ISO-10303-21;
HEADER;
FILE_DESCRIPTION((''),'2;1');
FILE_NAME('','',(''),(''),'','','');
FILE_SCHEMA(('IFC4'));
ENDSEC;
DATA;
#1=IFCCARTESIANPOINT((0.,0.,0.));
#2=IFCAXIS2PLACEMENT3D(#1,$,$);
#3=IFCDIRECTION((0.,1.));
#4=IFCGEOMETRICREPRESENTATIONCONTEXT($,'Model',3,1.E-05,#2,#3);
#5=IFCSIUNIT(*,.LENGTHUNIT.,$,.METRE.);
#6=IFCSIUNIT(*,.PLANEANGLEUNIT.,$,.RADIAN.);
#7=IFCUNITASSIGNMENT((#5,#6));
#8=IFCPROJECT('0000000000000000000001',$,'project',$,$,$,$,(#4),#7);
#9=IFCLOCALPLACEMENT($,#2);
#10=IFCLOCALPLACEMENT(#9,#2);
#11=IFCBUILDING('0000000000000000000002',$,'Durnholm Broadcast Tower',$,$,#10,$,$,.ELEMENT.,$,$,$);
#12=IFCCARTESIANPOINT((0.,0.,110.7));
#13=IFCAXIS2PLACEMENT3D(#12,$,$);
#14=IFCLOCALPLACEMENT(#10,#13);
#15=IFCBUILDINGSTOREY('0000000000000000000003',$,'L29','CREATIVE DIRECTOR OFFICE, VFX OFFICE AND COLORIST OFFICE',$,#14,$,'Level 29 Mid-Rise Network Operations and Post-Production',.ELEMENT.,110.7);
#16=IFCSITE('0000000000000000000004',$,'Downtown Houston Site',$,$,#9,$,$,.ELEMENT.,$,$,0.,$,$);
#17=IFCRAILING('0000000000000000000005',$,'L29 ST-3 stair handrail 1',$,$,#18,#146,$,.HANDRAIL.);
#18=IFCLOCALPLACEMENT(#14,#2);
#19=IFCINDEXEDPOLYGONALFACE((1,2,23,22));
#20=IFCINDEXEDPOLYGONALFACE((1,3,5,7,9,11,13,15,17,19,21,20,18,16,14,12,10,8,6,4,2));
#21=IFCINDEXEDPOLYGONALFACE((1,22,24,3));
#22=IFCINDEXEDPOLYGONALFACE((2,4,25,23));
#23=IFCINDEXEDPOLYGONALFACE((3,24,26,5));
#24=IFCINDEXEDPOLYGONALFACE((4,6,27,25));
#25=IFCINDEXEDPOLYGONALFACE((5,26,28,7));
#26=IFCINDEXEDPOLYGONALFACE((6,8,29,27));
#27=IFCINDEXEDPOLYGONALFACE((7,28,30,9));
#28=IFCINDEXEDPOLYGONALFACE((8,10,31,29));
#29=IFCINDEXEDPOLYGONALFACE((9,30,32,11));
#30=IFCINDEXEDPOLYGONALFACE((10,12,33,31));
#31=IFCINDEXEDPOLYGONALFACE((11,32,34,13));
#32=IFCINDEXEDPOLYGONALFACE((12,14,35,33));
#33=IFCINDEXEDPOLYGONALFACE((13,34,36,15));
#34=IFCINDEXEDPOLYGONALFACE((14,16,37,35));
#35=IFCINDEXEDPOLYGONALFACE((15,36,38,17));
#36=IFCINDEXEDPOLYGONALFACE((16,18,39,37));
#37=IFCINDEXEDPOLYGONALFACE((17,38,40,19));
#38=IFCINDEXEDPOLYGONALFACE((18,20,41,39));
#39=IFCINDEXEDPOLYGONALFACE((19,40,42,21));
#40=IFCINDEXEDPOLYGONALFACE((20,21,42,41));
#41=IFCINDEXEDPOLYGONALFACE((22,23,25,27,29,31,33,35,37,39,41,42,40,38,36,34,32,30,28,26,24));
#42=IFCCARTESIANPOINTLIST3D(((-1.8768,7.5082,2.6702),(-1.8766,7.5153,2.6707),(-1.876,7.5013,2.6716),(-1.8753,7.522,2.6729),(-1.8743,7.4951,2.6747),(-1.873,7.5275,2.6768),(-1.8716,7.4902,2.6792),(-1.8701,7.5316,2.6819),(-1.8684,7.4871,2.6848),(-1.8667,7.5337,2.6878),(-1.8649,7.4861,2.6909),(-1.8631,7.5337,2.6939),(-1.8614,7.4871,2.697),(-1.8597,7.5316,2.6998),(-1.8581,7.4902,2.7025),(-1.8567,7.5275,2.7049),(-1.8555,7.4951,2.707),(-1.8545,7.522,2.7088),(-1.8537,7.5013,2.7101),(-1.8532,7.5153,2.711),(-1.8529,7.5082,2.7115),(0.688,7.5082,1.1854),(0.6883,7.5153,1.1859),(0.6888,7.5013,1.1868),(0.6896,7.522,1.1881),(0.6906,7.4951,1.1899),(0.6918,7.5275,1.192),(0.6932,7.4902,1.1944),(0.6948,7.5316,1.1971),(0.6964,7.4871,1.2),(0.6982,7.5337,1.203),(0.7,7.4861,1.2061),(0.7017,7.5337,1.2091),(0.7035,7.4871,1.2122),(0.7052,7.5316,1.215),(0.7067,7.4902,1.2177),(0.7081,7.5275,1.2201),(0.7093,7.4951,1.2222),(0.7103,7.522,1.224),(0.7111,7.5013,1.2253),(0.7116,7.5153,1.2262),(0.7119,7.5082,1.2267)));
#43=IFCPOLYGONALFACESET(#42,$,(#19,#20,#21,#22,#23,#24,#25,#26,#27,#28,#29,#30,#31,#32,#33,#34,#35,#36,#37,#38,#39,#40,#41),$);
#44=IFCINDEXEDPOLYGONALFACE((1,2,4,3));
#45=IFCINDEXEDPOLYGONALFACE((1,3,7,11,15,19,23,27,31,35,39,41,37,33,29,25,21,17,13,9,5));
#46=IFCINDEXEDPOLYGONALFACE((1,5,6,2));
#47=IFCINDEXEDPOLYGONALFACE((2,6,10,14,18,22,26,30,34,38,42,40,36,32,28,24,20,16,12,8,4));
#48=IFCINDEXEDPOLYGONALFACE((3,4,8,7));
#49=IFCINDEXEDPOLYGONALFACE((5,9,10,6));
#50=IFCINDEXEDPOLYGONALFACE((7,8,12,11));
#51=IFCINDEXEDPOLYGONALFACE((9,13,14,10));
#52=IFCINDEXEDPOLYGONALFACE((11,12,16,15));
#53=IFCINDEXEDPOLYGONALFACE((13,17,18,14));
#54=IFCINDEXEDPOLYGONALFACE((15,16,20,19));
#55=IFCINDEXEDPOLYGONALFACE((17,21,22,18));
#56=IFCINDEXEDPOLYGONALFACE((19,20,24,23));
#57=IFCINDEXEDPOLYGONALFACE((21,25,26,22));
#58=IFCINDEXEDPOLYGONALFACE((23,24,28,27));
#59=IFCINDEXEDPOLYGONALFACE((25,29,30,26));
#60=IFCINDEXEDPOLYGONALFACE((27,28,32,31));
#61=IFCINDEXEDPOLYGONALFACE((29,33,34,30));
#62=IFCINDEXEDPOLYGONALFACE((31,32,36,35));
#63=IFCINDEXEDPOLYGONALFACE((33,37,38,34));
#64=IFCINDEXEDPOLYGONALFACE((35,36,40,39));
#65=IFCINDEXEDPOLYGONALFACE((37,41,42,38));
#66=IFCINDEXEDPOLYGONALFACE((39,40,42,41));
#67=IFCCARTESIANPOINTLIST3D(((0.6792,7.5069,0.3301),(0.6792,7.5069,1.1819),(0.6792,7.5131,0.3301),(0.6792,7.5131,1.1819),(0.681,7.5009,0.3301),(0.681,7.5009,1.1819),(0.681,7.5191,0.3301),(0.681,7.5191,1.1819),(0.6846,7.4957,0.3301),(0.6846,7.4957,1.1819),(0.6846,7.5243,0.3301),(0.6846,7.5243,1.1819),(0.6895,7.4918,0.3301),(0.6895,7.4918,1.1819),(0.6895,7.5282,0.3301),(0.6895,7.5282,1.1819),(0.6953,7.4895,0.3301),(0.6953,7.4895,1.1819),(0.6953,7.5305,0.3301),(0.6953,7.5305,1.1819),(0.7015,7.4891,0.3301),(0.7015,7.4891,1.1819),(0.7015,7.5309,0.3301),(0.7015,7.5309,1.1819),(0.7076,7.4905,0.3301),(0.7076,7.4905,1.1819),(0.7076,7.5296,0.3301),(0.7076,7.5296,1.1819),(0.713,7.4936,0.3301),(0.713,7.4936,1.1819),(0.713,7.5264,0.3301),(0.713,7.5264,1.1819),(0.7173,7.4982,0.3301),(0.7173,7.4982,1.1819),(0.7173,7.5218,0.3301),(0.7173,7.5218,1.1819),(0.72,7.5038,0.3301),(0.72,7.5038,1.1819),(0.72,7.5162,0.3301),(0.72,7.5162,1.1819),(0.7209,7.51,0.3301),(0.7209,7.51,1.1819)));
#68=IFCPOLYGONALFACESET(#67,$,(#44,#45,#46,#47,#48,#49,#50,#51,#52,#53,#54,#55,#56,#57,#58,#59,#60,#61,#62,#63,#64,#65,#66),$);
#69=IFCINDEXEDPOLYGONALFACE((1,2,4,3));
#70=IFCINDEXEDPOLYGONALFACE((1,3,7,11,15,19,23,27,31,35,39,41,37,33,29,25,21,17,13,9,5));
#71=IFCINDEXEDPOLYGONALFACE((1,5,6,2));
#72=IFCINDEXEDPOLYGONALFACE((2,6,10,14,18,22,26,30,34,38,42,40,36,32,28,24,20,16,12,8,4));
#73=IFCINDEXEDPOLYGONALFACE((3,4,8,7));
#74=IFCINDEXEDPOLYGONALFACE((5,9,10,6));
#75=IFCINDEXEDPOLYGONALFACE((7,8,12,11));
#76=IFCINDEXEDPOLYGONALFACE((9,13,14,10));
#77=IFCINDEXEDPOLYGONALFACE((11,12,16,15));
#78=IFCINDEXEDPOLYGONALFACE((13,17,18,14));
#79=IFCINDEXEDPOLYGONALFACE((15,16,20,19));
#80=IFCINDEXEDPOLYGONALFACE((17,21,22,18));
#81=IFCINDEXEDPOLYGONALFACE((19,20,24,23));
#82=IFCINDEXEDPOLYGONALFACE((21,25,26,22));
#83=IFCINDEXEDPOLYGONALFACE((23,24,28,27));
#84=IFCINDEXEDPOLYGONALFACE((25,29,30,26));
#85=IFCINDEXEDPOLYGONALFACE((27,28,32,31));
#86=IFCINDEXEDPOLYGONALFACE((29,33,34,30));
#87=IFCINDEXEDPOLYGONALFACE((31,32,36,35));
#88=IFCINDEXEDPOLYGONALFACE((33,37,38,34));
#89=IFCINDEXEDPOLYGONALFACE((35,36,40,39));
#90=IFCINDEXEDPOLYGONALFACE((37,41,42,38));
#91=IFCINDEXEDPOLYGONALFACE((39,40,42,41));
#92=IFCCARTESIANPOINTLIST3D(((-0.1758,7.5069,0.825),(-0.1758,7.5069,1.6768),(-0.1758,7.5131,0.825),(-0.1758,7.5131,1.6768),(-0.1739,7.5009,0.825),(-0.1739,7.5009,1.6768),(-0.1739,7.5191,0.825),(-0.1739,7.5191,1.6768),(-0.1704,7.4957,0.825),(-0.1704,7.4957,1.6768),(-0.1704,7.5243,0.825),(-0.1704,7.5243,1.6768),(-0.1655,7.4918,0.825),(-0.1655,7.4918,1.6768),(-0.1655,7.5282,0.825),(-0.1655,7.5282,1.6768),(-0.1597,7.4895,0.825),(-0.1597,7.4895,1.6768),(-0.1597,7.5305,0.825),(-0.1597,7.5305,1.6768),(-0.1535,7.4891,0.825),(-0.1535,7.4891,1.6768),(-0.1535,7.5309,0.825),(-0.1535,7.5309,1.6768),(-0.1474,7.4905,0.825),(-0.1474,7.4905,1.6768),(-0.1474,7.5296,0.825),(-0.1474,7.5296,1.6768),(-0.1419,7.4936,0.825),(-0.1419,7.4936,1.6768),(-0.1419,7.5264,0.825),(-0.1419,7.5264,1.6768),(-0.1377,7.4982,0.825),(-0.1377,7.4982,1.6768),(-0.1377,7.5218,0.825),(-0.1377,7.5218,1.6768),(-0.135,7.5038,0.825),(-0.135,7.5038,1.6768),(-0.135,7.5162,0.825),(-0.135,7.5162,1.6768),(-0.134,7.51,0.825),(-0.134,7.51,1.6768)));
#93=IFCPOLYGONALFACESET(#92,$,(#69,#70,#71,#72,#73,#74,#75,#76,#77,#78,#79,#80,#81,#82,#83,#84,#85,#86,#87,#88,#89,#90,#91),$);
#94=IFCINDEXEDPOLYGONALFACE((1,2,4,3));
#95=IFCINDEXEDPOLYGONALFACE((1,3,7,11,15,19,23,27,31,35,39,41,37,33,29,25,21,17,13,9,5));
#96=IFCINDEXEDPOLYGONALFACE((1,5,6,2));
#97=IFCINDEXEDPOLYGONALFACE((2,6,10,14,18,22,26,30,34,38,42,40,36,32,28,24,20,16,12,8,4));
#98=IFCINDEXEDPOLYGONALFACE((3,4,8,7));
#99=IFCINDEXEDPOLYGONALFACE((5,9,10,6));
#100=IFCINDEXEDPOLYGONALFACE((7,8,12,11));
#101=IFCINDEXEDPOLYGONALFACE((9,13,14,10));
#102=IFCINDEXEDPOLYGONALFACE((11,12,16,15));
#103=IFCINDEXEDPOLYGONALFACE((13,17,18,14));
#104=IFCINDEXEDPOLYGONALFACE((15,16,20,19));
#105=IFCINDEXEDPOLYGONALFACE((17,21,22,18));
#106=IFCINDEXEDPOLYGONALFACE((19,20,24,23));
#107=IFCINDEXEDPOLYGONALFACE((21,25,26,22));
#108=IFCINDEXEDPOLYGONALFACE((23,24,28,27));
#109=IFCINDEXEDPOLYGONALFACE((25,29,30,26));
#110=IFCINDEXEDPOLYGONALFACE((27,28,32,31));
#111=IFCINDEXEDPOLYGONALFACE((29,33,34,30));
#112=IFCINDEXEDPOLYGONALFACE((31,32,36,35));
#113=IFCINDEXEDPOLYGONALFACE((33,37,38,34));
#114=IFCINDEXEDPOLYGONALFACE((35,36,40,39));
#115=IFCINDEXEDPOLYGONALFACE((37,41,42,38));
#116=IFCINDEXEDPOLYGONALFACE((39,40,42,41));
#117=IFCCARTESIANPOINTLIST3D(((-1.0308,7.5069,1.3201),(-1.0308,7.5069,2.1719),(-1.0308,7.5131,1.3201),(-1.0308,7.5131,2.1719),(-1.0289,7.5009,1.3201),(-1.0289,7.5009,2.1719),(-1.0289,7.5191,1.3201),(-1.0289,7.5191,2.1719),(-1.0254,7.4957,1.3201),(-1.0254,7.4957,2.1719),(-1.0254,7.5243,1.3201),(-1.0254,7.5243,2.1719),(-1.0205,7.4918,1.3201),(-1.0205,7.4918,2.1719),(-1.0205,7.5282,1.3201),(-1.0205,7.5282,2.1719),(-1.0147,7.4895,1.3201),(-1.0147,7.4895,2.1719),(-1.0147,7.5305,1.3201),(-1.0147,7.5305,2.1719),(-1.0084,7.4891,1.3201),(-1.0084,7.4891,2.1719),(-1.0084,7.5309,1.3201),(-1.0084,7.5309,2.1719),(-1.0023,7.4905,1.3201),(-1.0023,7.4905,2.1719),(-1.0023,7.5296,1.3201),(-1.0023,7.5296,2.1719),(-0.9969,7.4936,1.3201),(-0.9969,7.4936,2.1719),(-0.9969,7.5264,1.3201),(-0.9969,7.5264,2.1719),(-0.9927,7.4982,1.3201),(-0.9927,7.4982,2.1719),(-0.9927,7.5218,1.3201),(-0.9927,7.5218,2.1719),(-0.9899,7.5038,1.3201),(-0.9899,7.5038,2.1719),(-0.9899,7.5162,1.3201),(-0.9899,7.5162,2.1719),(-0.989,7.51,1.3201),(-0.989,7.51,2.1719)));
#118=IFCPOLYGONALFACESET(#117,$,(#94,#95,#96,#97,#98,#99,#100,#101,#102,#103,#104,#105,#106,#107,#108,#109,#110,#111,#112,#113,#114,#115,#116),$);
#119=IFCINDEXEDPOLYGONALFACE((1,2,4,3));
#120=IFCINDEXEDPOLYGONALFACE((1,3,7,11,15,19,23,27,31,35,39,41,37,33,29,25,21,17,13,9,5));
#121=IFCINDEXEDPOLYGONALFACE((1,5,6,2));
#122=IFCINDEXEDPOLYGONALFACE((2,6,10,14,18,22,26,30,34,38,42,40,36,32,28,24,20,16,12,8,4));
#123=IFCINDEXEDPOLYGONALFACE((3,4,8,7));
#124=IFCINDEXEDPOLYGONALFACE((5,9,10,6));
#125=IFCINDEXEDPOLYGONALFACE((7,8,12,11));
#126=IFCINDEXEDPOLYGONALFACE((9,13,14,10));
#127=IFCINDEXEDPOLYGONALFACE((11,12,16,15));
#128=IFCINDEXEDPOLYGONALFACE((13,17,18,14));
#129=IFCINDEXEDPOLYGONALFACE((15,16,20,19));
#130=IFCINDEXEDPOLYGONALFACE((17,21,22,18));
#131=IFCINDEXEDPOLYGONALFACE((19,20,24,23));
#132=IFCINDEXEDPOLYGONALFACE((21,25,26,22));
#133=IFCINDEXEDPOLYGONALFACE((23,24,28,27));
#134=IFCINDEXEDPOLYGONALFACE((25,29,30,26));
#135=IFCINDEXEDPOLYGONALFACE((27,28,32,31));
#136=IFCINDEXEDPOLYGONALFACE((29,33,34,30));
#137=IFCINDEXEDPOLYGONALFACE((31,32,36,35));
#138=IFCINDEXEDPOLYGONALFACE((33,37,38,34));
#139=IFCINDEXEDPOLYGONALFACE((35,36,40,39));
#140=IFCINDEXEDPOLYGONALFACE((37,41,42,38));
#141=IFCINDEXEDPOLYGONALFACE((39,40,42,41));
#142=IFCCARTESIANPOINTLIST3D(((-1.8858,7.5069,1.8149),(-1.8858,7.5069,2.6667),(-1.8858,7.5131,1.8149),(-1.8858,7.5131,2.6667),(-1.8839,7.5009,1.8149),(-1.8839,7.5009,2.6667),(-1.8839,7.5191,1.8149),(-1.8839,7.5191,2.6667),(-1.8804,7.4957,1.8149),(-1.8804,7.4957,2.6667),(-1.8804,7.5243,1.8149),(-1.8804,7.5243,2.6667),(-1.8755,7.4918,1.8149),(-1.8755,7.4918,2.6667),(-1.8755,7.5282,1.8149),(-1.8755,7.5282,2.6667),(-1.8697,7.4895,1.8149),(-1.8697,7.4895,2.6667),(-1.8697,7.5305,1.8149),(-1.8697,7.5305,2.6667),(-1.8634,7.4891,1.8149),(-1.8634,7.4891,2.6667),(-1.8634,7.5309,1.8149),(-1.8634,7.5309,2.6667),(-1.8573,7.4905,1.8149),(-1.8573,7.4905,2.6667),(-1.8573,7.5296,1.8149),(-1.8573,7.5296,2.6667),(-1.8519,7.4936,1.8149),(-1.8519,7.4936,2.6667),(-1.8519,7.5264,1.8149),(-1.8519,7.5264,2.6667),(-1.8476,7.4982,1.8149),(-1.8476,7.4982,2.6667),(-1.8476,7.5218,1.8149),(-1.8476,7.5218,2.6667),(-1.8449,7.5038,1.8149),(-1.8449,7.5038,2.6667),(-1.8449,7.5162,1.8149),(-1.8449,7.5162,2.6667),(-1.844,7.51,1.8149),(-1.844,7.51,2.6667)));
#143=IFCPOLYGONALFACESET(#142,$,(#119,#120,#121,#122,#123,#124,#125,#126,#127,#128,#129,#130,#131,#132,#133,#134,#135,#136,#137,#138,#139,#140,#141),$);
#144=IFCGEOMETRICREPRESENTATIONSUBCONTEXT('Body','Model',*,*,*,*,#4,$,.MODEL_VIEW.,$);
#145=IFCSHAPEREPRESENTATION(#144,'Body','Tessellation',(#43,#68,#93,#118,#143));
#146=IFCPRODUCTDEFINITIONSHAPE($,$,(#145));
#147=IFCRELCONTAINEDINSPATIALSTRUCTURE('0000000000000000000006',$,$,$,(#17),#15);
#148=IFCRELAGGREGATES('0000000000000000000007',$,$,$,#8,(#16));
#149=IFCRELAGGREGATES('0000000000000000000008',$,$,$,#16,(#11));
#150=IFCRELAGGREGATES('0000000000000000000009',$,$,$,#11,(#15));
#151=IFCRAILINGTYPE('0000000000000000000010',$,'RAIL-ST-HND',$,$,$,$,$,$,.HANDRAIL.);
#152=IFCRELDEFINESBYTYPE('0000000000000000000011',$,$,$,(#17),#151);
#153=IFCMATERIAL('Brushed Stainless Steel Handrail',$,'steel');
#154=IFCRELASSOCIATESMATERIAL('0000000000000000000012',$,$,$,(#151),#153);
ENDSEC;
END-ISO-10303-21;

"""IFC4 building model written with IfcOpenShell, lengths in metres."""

from ifc_helpers import new_model, si_unit, direction, frame, origin, origin_2d, place, context, subcontext, project, spatial, circle, extrude, material, type_object, element, save


model = new_model("IFC4")

# Units and contexts
model_context = context("Model", 3, precision=1e-05, world=origin(), true_north=direction((0.0, 1.0)))
body_context = subcontext(model_context, "Body", "Model", "MODEL_VIEW")
ifc_project = project(units=[si_unit("LENGTHUNIT", "METRE"), si_unit("PLANEANGLEUNIT", "RADIAN")], contexts=[model_context])

# Site, building, storey
site_placement = place(None, origin())
site = spatial("IfcSite", under=ifc_project, at=site_placement, Name="Downtown Houston Site", CompositionType="ELEMENT", RefElevation=0.0)
building_placement = place(site_placement, origin())
building = spatial("IfcBuilding", under=site, at=building_placement, Name="Durnholm Broadcast Tower", CompositionType="ELEMENT")
storey_placement = place(building_placement, frame((0.0, 0.0, 110.7)))
storey = spatial("IfcBuildingStorey", under=building, at=storey_placement, Name="L29", Description="CREATIVE DIRECTOR OFFICE, VFX OFFICE AND COLORIST OFFICE", LongName="Level 29 Mid-Rise Network Operations and Post-Production", CompositionType="ELEMENT", Elevation=110.7)

# Railing
ifc_material_1 = material(Name="Brushed Stainless Steel Handrail", Category="steel")
railing_type_1 = type_object("IfcRailingType", Name="RAIL-ST-HND", PredefinedType="HANDRAIL", material=ifc_material_1)
railing_1_placement = place(storey_placement, frame((0.7, 7.51, 0.3301)))
element("IfcRailing", 1, at=railing_1_placement, inside=storey, type_object=railing_type_1, Name="L29 ST-3 stair handrail 1", PredefinedType="HANDRAIL", context=body_context, shape_type="SweptSolid", body=[
    extrude(circle(Radius=0.0239, at=origin_2d()), frame((0.0, 0.0, 0.876), z_axis=(-0.865441, 0.0, 0.50101), x_axis=(0.0, -1.0, 0.0)), (0.0, 0.0, 1.0), 2.9636),
    extrude(circle(Radius=0.021, at=origin_2d()), origin(), (0.0, 0.0, 1.0), 0.8518),
    extrude(circle(Radius=0.021, at=origin_2d()), frame((-0.855, 0.0, 0.4949)), (0.0, 0.0, 1.0), 0.8518),
    extrude(circle(Radius=0.021, at=origin_2d()), frame((-1.71, 0.0, 0.99)), (0.0, 0.0, 1.0), 0.8518),
    extrude(circle(Radius=0.021, at=origin_2d()), frame((-2.5649, 0.0, 1.4849)), (0.0, 0.0, 1.0), 0.8518),
])

save(model, "model.ifc")
